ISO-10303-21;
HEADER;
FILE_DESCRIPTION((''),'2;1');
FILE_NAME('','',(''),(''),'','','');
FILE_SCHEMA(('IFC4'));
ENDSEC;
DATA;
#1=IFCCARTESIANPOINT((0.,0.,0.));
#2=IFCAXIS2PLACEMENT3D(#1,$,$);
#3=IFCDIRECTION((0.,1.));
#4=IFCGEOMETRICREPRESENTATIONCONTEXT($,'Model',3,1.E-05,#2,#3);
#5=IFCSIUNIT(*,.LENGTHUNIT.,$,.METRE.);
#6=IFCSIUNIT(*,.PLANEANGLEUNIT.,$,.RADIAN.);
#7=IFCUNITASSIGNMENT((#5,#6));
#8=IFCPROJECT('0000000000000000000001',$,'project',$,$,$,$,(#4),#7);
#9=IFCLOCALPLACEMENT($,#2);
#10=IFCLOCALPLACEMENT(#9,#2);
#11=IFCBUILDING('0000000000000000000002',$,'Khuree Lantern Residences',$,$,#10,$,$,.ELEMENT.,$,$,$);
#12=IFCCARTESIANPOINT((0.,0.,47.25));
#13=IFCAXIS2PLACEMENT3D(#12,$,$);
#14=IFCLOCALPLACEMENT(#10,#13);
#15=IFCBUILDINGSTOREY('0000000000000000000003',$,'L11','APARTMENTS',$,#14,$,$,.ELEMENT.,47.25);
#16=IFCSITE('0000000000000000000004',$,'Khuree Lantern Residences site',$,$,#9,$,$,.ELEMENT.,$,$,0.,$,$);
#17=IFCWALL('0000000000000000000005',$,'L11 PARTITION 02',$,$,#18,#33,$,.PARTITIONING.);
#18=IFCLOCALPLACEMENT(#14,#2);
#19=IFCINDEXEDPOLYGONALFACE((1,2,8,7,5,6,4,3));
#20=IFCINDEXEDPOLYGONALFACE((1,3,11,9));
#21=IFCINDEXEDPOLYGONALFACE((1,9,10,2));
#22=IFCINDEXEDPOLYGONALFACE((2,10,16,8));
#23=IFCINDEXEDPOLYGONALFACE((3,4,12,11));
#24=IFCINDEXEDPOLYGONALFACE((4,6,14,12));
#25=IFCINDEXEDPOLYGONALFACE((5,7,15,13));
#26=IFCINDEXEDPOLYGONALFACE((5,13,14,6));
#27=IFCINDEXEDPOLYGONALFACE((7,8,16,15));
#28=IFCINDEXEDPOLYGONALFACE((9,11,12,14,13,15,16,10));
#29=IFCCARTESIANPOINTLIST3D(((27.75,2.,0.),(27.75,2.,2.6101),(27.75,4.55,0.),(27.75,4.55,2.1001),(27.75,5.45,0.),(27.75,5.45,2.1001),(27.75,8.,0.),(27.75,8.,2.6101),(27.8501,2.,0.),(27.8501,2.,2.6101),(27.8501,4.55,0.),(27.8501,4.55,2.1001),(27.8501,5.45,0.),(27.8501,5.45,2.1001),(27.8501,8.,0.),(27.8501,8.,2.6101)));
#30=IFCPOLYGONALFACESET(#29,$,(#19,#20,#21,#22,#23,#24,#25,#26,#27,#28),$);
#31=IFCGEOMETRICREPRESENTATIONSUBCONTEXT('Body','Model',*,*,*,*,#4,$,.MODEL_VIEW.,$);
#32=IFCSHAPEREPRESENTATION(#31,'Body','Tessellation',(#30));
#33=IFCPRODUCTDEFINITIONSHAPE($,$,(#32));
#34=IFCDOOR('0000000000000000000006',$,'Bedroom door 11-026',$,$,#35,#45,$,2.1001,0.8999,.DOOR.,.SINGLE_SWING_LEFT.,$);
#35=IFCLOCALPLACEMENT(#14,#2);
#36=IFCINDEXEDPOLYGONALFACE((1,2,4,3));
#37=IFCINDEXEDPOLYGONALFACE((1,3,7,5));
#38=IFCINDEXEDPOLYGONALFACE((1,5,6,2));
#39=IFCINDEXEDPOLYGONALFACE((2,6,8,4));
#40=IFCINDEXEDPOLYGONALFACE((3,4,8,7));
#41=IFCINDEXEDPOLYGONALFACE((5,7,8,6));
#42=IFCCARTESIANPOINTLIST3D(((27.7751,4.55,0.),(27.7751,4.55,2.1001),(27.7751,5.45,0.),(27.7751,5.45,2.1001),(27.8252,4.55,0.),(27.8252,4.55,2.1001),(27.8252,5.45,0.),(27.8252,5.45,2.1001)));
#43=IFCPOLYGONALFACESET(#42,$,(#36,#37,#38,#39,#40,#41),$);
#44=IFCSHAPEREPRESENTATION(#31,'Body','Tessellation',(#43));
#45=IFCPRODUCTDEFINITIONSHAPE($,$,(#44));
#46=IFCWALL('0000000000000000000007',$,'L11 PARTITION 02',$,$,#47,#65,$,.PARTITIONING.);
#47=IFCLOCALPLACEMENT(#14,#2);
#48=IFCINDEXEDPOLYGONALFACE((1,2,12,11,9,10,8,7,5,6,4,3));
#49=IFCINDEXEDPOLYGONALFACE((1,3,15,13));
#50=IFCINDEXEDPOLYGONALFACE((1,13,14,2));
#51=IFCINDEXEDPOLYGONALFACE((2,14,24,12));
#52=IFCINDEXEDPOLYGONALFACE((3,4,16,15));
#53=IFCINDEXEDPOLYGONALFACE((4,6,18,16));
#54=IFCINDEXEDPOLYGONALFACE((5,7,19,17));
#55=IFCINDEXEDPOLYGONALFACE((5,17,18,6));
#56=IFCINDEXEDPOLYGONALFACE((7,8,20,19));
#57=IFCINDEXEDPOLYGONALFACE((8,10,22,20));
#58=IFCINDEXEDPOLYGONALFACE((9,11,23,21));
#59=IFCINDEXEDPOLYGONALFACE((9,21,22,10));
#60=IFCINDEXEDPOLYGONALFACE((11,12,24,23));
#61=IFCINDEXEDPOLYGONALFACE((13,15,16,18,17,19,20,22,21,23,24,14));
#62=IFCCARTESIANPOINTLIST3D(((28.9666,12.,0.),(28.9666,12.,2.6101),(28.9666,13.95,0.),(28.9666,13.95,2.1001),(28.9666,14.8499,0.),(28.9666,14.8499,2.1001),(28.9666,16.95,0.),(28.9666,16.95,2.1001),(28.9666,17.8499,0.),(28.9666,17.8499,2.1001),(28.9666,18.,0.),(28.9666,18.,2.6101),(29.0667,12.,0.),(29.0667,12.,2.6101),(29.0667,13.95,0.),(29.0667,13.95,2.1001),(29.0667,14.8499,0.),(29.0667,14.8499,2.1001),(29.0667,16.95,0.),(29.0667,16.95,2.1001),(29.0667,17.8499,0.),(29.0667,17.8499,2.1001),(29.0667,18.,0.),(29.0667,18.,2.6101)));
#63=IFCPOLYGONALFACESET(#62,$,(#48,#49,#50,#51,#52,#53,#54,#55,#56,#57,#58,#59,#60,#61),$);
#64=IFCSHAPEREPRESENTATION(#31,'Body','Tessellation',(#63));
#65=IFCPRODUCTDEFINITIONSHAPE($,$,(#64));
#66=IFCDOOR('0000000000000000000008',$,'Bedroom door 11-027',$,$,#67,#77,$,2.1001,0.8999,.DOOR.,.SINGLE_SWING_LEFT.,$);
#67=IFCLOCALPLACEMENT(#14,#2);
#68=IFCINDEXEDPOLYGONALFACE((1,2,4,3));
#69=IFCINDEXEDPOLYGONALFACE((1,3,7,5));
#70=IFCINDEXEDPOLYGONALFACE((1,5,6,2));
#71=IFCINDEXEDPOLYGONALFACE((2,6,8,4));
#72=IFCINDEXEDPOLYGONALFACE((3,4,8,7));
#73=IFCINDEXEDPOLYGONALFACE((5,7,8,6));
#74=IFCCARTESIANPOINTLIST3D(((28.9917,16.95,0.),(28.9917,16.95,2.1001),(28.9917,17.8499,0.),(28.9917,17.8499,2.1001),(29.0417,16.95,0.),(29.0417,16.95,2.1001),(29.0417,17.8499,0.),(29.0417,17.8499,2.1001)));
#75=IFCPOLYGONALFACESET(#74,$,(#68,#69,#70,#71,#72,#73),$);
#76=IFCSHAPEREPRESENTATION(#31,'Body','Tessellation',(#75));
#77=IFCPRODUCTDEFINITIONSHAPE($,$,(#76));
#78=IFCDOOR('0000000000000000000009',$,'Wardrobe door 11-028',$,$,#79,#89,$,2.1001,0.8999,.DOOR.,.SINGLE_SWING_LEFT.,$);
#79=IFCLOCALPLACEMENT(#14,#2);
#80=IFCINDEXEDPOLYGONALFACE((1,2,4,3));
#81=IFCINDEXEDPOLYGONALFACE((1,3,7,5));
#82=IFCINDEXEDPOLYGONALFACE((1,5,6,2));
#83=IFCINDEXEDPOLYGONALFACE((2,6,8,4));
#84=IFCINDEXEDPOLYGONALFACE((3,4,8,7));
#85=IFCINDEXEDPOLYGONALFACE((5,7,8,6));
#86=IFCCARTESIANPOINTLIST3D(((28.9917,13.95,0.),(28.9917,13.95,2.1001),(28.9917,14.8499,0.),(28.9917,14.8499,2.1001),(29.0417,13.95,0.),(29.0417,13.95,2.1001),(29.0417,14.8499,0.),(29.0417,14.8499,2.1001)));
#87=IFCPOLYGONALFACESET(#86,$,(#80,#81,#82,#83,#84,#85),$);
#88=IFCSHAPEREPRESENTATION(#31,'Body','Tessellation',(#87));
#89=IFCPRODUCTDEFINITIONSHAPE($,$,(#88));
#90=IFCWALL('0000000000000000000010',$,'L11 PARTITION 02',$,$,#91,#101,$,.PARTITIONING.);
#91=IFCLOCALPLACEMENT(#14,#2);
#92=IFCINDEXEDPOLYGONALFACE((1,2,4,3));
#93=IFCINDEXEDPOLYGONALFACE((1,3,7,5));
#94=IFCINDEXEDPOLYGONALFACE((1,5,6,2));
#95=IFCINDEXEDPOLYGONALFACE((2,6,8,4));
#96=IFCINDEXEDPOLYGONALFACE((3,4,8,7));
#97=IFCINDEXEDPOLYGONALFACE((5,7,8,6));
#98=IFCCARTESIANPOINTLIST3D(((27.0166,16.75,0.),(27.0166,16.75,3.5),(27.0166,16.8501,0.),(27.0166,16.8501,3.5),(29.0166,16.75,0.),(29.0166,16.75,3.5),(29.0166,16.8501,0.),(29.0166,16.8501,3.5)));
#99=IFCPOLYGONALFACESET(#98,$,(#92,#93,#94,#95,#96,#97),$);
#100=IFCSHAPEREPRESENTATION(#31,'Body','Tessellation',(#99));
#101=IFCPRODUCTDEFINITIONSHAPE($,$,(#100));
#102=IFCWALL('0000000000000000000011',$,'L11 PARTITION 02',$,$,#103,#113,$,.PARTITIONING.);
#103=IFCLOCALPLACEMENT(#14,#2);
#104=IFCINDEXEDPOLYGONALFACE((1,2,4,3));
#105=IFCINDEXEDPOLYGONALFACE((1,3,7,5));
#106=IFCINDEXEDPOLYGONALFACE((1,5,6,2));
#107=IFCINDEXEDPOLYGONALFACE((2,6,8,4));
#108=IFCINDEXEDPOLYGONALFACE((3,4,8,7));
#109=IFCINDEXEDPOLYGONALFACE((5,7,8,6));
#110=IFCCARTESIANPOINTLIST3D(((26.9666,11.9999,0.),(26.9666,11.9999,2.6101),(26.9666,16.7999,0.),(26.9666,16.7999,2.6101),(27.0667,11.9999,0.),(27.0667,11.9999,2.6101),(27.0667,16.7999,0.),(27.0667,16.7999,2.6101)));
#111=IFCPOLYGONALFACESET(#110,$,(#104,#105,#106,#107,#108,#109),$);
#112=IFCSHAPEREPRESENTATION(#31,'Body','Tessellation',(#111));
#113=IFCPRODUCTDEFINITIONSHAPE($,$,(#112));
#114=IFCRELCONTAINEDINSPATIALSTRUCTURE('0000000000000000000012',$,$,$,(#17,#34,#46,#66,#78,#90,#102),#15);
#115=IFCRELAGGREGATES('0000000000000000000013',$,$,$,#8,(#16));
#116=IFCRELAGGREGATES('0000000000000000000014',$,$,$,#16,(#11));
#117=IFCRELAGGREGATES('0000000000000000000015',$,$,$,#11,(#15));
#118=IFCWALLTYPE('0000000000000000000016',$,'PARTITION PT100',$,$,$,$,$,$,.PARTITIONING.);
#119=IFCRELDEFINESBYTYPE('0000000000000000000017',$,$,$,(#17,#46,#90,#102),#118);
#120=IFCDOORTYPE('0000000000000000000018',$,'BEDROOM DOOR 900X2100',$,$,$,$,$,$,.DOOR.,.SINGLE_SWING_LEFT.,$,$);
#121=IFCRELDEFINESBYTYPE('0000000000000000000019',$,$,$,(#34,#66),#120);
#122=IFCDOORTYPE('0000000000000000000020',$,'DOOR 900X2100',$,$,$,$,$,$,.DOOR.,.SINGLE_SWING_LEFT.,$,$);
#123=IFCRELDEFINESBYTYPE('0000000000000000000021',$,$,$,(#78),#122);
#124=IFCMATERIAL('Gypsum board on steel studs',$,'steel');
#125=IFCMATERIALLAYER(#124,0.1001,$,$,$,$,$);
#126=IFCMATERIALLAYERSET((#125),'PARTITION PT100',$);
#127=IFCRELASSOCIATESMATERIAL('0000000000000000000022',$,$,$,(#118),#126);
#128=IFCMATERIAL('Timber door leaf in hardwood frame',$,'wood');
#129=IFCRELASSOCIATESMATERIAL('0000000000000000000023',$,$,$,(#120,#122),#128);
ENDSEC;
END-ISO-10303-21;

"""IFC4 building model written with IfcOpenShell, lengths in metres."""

from ifc_helpers import new_model, si_unit, direction, frame, frame_2d, origin, place, context, subcontext, project, spatial, rectangle, extrude, material, layer, layer_set, type_object, element, fill, save


model = new_model("IFC4")

# Units and contexts
model_context = context("Model", 3, precision=1e-05, world=origin(), true_north=direction((0.0, 1.0)))
body_context = subcontext(model_context, "Body", "Model", "MODEL_VIEW")
ifc_project = project(units=[si_unit("LENGTHUNIT", "METRE"), si_unit("PLANEANGLEUNIT", "RADIAN")], contexts=[model_context])

# Site, building, storey
site_placement = place(None, origin())
site = spatial("IfcSite", under=ifc_project, at=site_placement, Name="Khuree Lantern Residences site", CompositionType="ELEMENT", RefElevation=0.0)
building_placement = place(site_placement, origin())
building = spatial("IfcBuilding", under=site, at=building_placement, Name="Khuree Lantern Residences", CompositionType="ELEMENT")
storey_placement = place(building_placement, frame((0.0, 0.0, 47.25)))
storey = spatial("IfcBuildingStorey", under=building, at=storey_placement, Name="L11", Description="APARTMENTS", CompositionType="ELEMENT", Elevation=47.25)

# Shared definitions
ifc_material_1 = material(Name="Timber door leaf in hardwood frame", Category="wood")

# Shared definitions
ifc_material_2 = material(Name="Gypsum board on steel studs", Category="steel")
ifc_layer_1 = layer(ifc_material_2, 0.1001)
ifc_layer_set_1 = layer_set([ifc_layer_1], Name="PARTITION PT100")
wall_type_1 = type_object("IfcWallType", Name="PARTITION PT100", PredefinedType="PARTITIONING", material=ifc_layer_set_1)

# Wall, opening, door
wall_1_placement = place(storey_placement, frame((27.8, 2.0, 0.0), z_axis=(0.0, 0.0, 1.0), x_axis=(0.0, 1.0, 0.0)))
wall_1 = element("IfcWall", 1, at=wall_1_placement, inside=storey, type_object=wall_type_1, Name="L11 PARTITION 02", PredefinedType="PARTITIONING", context=body_context, shape_type="SweptSolid", body=[
    extrude(rectangle(XDim=6.0, YDim=0.1001, at=frame_2d((3.0, 0.0))), origin(), (0.0, 0.0, 1.0), 2.6101),
])
opening_1_placement = place(wall_1_placement, frame((2.55, 0.0, 0.0)))
opening_1 = element("IfcOpeningElement", 2, at=opening_1_placement, cuts=wall_1, PredefinedType="OPENING", context=body_context, shape_type="SweptSolid", body=[
    extrude(rectangle(XDim=0.8999, YDim=2.1001, at=frame_2d((0.45, 1.05))), frame((0.0, 0.0601, 0.0), z_axis=(0.0, -1.0, 0.0), x_axis=(1.0, 0.0, 0.0)), (0.0, 0.0, 1.0), 0.1201),
])
door_type_1 = type_object("IfcDoorType", Name="BEDROOM DOOR 900X2100", OperationType="SINGLE_SWING_LEFT", PredefinedType="DOOR", material=ifc_material_1)
door_1_placement = place(opening_1_placement, origin())
door_1 = element("IfcDoor", 3, at=door_1_placement, inside=storey, type_object=door_type_1, Name="Bedroom door 11-026", OperationType="SINGLE_SWING_LEFT", OverallHeight=2.1001, OverallWidth=0.8999, PredefinedType="DOOR", context=body_context, shape_type="SweptSolid", body=[
    extrude(rectangle(XDim=0.8999, YDim=2.1001, at=frame_2d((0.45, 1.05))), frame((0.0, 0.0249, 0.0), z_axis=(0.0, -1.0, 0.0), x_axis=(1.0, 0.0, 0.0)), (0.0, 0.0, 1.0), 0.05),
])
fill(opening_1, door_1)

# Wall, openings, doors
wall_2_placement = place(storey_placement, frame((29.0166, 12.0, 0.0), z_axis=(0.0, 0.0, 1.0), x_axis=(0.0, 1.0, 0.0)))
wall_2 = element("IfcWall", 4, at=wall_2_placement, inside=storey, type_object=wall_type_1, Name="L11 PARTITION 02", PredefinedType="PARTITIONING", context=body_context, shape_type="SweptSolid", body=[
    extrude(rectangle(XDim=6.0, YDim=0.1001, at=frame_2d((3.0, 0.0))), origin(), (0.0, 0.0, 1.0), 2.6101),
])
opening_2_placement = place(wall_2_placement, frame((4.95, 0.0, 0.0)))
opening_2 = element("IfcOpeningElement", 5, at=opening_2_placement, cuts=wall_2, PredefinedType="OPENING", context=body_context, shape_type="SweptSolid", body=[
    extrude(rectangle(XDim=0.8999, YDim=2.1001, at=frame_2d((0.45, 1.05))), frame((0.0, 0.0601, 0.0), z_axis=(0.0, -1.0, 0.0), x_axis=(1.0, 0.0, 0.0)), (0.0, 0.0, 1.0), 0.1201),
])
opening_3_placement = place(wall_2_placement, frame((1.95, 0.0, 0.0)))
opening_3 = element("IfcOpeningElement", 6, at=opening_3_placement, cuts=wall_2, PredefinedType="OPENING", context=body_context, shape_type="SweptSolid", body=[
    extrude(rectangle(XDim=0.8999, YDim=2.1001, at=frame_2d((0.45, 1.05))), frame((0.0, 0.0601, 0.0), z_axis=(0.0, -1.0, 0.0), x_axis=(1.0, 0.0, 0.0)), (0.0, 0.0, 1.0), 0.1201),
])
door_2_placement = place(opening_2_placement, origin())
door_2 = element("IfcDoor", 7, at=door_2_placement, inside=storey, type_object=door_type_1, Name="Bedroom door 11-027", OperationType="SINGLE_SWING_LEFT", OverallHeight=2.1001, OverallWidth=0.8999, PredefinedType="DOOR", context=body_context, shape_type="SweptSolid", body=[
    extrude(rectangle(XDim=0.8999, YDim=2.1001, at=frame_2d((0.45, 1.05))), frame((0.0, 0.0249, 0.0), z_axis=(0.0, -1.0, 0.0), x_axis=(1.0, 0.0, 0.0)), (0.0, 0.0, 1.0), 0.05),
])
fill(opening_2, door_2)
door_type_2 = type_object("IfcDoorType", Name="DOOR 900X2100", OperationType="SINGLE_SWING_LEFT", PredefinedType="DOOR", material=ifc_material_1)
door_3_placement = place(opening_3_placement, origin())
door_3 = element("IfcDoor", 8, at=door_3_placement, inside=storey, type_object=door_type_2, Name="Wardrobe door 11-028", OperationType="SINGLE_SWING_LEFT", OverallHeight=2.1001, OverallWidth=0.8999, PredefinedType="DOOR", context=body_context, shape_type="SweptSolid", body=[
    extrude(rectangle(XDim=0.8999, YDim=2.1001, at=frame_2d((0.45, 1.05))), frame((0.0, 0.0249, 0.0), z_axis=(0.0, -1.0, 0.0), x_axis=(1.0, 0.0, 0.0)), (0.0, 0.0, 1.0), 0.05),
])
fill(opening_3, door_3)

# Walls
wall_3_placement = place(storey_placement, frame((27.0166, 16.8, 0.0), z_axis=(0.0, 0.0, 1.0), x_axis=(1.0, 0.0, 0.0)))
element("IfcWall", 9, at=wall_3_placement, inside=storey, type_object=wall_type_1, Name="L11 PARTITION 02", PredefinedType="PARTITIONING", context=body_context, shape_type="SweptSolid", body=[
    extrude(rectangle(XDim=2.0, YDim=0.1001, at=frame_2d((1.0, 0.0))), origin(), (0.0, 0.0, 1.0), 3.5),
])
wall_4_placement = place(storey_placement, frame((27.0166, 12.0, 0.0), z_axis=(0.0, 0.0, 1.0), x_axis=(0.0, 1.0, 0.0)))
element("IfcWall", 10, at=wall_4_placement, inside=storey, type_object=wall_type_1, Name="L11 PARTITION 02", PredefinedType="PARTITIONING", context=body_context, shape_type="SweptSolid", body=[
    extrude(rectangle(XDim=4.8, YDim=0.1001, at=frame_2d((2.3999, 0.0))), origin(), (0.0, 0.0, 1.0), 2.6101),
])

save(model, "model.ifc")
